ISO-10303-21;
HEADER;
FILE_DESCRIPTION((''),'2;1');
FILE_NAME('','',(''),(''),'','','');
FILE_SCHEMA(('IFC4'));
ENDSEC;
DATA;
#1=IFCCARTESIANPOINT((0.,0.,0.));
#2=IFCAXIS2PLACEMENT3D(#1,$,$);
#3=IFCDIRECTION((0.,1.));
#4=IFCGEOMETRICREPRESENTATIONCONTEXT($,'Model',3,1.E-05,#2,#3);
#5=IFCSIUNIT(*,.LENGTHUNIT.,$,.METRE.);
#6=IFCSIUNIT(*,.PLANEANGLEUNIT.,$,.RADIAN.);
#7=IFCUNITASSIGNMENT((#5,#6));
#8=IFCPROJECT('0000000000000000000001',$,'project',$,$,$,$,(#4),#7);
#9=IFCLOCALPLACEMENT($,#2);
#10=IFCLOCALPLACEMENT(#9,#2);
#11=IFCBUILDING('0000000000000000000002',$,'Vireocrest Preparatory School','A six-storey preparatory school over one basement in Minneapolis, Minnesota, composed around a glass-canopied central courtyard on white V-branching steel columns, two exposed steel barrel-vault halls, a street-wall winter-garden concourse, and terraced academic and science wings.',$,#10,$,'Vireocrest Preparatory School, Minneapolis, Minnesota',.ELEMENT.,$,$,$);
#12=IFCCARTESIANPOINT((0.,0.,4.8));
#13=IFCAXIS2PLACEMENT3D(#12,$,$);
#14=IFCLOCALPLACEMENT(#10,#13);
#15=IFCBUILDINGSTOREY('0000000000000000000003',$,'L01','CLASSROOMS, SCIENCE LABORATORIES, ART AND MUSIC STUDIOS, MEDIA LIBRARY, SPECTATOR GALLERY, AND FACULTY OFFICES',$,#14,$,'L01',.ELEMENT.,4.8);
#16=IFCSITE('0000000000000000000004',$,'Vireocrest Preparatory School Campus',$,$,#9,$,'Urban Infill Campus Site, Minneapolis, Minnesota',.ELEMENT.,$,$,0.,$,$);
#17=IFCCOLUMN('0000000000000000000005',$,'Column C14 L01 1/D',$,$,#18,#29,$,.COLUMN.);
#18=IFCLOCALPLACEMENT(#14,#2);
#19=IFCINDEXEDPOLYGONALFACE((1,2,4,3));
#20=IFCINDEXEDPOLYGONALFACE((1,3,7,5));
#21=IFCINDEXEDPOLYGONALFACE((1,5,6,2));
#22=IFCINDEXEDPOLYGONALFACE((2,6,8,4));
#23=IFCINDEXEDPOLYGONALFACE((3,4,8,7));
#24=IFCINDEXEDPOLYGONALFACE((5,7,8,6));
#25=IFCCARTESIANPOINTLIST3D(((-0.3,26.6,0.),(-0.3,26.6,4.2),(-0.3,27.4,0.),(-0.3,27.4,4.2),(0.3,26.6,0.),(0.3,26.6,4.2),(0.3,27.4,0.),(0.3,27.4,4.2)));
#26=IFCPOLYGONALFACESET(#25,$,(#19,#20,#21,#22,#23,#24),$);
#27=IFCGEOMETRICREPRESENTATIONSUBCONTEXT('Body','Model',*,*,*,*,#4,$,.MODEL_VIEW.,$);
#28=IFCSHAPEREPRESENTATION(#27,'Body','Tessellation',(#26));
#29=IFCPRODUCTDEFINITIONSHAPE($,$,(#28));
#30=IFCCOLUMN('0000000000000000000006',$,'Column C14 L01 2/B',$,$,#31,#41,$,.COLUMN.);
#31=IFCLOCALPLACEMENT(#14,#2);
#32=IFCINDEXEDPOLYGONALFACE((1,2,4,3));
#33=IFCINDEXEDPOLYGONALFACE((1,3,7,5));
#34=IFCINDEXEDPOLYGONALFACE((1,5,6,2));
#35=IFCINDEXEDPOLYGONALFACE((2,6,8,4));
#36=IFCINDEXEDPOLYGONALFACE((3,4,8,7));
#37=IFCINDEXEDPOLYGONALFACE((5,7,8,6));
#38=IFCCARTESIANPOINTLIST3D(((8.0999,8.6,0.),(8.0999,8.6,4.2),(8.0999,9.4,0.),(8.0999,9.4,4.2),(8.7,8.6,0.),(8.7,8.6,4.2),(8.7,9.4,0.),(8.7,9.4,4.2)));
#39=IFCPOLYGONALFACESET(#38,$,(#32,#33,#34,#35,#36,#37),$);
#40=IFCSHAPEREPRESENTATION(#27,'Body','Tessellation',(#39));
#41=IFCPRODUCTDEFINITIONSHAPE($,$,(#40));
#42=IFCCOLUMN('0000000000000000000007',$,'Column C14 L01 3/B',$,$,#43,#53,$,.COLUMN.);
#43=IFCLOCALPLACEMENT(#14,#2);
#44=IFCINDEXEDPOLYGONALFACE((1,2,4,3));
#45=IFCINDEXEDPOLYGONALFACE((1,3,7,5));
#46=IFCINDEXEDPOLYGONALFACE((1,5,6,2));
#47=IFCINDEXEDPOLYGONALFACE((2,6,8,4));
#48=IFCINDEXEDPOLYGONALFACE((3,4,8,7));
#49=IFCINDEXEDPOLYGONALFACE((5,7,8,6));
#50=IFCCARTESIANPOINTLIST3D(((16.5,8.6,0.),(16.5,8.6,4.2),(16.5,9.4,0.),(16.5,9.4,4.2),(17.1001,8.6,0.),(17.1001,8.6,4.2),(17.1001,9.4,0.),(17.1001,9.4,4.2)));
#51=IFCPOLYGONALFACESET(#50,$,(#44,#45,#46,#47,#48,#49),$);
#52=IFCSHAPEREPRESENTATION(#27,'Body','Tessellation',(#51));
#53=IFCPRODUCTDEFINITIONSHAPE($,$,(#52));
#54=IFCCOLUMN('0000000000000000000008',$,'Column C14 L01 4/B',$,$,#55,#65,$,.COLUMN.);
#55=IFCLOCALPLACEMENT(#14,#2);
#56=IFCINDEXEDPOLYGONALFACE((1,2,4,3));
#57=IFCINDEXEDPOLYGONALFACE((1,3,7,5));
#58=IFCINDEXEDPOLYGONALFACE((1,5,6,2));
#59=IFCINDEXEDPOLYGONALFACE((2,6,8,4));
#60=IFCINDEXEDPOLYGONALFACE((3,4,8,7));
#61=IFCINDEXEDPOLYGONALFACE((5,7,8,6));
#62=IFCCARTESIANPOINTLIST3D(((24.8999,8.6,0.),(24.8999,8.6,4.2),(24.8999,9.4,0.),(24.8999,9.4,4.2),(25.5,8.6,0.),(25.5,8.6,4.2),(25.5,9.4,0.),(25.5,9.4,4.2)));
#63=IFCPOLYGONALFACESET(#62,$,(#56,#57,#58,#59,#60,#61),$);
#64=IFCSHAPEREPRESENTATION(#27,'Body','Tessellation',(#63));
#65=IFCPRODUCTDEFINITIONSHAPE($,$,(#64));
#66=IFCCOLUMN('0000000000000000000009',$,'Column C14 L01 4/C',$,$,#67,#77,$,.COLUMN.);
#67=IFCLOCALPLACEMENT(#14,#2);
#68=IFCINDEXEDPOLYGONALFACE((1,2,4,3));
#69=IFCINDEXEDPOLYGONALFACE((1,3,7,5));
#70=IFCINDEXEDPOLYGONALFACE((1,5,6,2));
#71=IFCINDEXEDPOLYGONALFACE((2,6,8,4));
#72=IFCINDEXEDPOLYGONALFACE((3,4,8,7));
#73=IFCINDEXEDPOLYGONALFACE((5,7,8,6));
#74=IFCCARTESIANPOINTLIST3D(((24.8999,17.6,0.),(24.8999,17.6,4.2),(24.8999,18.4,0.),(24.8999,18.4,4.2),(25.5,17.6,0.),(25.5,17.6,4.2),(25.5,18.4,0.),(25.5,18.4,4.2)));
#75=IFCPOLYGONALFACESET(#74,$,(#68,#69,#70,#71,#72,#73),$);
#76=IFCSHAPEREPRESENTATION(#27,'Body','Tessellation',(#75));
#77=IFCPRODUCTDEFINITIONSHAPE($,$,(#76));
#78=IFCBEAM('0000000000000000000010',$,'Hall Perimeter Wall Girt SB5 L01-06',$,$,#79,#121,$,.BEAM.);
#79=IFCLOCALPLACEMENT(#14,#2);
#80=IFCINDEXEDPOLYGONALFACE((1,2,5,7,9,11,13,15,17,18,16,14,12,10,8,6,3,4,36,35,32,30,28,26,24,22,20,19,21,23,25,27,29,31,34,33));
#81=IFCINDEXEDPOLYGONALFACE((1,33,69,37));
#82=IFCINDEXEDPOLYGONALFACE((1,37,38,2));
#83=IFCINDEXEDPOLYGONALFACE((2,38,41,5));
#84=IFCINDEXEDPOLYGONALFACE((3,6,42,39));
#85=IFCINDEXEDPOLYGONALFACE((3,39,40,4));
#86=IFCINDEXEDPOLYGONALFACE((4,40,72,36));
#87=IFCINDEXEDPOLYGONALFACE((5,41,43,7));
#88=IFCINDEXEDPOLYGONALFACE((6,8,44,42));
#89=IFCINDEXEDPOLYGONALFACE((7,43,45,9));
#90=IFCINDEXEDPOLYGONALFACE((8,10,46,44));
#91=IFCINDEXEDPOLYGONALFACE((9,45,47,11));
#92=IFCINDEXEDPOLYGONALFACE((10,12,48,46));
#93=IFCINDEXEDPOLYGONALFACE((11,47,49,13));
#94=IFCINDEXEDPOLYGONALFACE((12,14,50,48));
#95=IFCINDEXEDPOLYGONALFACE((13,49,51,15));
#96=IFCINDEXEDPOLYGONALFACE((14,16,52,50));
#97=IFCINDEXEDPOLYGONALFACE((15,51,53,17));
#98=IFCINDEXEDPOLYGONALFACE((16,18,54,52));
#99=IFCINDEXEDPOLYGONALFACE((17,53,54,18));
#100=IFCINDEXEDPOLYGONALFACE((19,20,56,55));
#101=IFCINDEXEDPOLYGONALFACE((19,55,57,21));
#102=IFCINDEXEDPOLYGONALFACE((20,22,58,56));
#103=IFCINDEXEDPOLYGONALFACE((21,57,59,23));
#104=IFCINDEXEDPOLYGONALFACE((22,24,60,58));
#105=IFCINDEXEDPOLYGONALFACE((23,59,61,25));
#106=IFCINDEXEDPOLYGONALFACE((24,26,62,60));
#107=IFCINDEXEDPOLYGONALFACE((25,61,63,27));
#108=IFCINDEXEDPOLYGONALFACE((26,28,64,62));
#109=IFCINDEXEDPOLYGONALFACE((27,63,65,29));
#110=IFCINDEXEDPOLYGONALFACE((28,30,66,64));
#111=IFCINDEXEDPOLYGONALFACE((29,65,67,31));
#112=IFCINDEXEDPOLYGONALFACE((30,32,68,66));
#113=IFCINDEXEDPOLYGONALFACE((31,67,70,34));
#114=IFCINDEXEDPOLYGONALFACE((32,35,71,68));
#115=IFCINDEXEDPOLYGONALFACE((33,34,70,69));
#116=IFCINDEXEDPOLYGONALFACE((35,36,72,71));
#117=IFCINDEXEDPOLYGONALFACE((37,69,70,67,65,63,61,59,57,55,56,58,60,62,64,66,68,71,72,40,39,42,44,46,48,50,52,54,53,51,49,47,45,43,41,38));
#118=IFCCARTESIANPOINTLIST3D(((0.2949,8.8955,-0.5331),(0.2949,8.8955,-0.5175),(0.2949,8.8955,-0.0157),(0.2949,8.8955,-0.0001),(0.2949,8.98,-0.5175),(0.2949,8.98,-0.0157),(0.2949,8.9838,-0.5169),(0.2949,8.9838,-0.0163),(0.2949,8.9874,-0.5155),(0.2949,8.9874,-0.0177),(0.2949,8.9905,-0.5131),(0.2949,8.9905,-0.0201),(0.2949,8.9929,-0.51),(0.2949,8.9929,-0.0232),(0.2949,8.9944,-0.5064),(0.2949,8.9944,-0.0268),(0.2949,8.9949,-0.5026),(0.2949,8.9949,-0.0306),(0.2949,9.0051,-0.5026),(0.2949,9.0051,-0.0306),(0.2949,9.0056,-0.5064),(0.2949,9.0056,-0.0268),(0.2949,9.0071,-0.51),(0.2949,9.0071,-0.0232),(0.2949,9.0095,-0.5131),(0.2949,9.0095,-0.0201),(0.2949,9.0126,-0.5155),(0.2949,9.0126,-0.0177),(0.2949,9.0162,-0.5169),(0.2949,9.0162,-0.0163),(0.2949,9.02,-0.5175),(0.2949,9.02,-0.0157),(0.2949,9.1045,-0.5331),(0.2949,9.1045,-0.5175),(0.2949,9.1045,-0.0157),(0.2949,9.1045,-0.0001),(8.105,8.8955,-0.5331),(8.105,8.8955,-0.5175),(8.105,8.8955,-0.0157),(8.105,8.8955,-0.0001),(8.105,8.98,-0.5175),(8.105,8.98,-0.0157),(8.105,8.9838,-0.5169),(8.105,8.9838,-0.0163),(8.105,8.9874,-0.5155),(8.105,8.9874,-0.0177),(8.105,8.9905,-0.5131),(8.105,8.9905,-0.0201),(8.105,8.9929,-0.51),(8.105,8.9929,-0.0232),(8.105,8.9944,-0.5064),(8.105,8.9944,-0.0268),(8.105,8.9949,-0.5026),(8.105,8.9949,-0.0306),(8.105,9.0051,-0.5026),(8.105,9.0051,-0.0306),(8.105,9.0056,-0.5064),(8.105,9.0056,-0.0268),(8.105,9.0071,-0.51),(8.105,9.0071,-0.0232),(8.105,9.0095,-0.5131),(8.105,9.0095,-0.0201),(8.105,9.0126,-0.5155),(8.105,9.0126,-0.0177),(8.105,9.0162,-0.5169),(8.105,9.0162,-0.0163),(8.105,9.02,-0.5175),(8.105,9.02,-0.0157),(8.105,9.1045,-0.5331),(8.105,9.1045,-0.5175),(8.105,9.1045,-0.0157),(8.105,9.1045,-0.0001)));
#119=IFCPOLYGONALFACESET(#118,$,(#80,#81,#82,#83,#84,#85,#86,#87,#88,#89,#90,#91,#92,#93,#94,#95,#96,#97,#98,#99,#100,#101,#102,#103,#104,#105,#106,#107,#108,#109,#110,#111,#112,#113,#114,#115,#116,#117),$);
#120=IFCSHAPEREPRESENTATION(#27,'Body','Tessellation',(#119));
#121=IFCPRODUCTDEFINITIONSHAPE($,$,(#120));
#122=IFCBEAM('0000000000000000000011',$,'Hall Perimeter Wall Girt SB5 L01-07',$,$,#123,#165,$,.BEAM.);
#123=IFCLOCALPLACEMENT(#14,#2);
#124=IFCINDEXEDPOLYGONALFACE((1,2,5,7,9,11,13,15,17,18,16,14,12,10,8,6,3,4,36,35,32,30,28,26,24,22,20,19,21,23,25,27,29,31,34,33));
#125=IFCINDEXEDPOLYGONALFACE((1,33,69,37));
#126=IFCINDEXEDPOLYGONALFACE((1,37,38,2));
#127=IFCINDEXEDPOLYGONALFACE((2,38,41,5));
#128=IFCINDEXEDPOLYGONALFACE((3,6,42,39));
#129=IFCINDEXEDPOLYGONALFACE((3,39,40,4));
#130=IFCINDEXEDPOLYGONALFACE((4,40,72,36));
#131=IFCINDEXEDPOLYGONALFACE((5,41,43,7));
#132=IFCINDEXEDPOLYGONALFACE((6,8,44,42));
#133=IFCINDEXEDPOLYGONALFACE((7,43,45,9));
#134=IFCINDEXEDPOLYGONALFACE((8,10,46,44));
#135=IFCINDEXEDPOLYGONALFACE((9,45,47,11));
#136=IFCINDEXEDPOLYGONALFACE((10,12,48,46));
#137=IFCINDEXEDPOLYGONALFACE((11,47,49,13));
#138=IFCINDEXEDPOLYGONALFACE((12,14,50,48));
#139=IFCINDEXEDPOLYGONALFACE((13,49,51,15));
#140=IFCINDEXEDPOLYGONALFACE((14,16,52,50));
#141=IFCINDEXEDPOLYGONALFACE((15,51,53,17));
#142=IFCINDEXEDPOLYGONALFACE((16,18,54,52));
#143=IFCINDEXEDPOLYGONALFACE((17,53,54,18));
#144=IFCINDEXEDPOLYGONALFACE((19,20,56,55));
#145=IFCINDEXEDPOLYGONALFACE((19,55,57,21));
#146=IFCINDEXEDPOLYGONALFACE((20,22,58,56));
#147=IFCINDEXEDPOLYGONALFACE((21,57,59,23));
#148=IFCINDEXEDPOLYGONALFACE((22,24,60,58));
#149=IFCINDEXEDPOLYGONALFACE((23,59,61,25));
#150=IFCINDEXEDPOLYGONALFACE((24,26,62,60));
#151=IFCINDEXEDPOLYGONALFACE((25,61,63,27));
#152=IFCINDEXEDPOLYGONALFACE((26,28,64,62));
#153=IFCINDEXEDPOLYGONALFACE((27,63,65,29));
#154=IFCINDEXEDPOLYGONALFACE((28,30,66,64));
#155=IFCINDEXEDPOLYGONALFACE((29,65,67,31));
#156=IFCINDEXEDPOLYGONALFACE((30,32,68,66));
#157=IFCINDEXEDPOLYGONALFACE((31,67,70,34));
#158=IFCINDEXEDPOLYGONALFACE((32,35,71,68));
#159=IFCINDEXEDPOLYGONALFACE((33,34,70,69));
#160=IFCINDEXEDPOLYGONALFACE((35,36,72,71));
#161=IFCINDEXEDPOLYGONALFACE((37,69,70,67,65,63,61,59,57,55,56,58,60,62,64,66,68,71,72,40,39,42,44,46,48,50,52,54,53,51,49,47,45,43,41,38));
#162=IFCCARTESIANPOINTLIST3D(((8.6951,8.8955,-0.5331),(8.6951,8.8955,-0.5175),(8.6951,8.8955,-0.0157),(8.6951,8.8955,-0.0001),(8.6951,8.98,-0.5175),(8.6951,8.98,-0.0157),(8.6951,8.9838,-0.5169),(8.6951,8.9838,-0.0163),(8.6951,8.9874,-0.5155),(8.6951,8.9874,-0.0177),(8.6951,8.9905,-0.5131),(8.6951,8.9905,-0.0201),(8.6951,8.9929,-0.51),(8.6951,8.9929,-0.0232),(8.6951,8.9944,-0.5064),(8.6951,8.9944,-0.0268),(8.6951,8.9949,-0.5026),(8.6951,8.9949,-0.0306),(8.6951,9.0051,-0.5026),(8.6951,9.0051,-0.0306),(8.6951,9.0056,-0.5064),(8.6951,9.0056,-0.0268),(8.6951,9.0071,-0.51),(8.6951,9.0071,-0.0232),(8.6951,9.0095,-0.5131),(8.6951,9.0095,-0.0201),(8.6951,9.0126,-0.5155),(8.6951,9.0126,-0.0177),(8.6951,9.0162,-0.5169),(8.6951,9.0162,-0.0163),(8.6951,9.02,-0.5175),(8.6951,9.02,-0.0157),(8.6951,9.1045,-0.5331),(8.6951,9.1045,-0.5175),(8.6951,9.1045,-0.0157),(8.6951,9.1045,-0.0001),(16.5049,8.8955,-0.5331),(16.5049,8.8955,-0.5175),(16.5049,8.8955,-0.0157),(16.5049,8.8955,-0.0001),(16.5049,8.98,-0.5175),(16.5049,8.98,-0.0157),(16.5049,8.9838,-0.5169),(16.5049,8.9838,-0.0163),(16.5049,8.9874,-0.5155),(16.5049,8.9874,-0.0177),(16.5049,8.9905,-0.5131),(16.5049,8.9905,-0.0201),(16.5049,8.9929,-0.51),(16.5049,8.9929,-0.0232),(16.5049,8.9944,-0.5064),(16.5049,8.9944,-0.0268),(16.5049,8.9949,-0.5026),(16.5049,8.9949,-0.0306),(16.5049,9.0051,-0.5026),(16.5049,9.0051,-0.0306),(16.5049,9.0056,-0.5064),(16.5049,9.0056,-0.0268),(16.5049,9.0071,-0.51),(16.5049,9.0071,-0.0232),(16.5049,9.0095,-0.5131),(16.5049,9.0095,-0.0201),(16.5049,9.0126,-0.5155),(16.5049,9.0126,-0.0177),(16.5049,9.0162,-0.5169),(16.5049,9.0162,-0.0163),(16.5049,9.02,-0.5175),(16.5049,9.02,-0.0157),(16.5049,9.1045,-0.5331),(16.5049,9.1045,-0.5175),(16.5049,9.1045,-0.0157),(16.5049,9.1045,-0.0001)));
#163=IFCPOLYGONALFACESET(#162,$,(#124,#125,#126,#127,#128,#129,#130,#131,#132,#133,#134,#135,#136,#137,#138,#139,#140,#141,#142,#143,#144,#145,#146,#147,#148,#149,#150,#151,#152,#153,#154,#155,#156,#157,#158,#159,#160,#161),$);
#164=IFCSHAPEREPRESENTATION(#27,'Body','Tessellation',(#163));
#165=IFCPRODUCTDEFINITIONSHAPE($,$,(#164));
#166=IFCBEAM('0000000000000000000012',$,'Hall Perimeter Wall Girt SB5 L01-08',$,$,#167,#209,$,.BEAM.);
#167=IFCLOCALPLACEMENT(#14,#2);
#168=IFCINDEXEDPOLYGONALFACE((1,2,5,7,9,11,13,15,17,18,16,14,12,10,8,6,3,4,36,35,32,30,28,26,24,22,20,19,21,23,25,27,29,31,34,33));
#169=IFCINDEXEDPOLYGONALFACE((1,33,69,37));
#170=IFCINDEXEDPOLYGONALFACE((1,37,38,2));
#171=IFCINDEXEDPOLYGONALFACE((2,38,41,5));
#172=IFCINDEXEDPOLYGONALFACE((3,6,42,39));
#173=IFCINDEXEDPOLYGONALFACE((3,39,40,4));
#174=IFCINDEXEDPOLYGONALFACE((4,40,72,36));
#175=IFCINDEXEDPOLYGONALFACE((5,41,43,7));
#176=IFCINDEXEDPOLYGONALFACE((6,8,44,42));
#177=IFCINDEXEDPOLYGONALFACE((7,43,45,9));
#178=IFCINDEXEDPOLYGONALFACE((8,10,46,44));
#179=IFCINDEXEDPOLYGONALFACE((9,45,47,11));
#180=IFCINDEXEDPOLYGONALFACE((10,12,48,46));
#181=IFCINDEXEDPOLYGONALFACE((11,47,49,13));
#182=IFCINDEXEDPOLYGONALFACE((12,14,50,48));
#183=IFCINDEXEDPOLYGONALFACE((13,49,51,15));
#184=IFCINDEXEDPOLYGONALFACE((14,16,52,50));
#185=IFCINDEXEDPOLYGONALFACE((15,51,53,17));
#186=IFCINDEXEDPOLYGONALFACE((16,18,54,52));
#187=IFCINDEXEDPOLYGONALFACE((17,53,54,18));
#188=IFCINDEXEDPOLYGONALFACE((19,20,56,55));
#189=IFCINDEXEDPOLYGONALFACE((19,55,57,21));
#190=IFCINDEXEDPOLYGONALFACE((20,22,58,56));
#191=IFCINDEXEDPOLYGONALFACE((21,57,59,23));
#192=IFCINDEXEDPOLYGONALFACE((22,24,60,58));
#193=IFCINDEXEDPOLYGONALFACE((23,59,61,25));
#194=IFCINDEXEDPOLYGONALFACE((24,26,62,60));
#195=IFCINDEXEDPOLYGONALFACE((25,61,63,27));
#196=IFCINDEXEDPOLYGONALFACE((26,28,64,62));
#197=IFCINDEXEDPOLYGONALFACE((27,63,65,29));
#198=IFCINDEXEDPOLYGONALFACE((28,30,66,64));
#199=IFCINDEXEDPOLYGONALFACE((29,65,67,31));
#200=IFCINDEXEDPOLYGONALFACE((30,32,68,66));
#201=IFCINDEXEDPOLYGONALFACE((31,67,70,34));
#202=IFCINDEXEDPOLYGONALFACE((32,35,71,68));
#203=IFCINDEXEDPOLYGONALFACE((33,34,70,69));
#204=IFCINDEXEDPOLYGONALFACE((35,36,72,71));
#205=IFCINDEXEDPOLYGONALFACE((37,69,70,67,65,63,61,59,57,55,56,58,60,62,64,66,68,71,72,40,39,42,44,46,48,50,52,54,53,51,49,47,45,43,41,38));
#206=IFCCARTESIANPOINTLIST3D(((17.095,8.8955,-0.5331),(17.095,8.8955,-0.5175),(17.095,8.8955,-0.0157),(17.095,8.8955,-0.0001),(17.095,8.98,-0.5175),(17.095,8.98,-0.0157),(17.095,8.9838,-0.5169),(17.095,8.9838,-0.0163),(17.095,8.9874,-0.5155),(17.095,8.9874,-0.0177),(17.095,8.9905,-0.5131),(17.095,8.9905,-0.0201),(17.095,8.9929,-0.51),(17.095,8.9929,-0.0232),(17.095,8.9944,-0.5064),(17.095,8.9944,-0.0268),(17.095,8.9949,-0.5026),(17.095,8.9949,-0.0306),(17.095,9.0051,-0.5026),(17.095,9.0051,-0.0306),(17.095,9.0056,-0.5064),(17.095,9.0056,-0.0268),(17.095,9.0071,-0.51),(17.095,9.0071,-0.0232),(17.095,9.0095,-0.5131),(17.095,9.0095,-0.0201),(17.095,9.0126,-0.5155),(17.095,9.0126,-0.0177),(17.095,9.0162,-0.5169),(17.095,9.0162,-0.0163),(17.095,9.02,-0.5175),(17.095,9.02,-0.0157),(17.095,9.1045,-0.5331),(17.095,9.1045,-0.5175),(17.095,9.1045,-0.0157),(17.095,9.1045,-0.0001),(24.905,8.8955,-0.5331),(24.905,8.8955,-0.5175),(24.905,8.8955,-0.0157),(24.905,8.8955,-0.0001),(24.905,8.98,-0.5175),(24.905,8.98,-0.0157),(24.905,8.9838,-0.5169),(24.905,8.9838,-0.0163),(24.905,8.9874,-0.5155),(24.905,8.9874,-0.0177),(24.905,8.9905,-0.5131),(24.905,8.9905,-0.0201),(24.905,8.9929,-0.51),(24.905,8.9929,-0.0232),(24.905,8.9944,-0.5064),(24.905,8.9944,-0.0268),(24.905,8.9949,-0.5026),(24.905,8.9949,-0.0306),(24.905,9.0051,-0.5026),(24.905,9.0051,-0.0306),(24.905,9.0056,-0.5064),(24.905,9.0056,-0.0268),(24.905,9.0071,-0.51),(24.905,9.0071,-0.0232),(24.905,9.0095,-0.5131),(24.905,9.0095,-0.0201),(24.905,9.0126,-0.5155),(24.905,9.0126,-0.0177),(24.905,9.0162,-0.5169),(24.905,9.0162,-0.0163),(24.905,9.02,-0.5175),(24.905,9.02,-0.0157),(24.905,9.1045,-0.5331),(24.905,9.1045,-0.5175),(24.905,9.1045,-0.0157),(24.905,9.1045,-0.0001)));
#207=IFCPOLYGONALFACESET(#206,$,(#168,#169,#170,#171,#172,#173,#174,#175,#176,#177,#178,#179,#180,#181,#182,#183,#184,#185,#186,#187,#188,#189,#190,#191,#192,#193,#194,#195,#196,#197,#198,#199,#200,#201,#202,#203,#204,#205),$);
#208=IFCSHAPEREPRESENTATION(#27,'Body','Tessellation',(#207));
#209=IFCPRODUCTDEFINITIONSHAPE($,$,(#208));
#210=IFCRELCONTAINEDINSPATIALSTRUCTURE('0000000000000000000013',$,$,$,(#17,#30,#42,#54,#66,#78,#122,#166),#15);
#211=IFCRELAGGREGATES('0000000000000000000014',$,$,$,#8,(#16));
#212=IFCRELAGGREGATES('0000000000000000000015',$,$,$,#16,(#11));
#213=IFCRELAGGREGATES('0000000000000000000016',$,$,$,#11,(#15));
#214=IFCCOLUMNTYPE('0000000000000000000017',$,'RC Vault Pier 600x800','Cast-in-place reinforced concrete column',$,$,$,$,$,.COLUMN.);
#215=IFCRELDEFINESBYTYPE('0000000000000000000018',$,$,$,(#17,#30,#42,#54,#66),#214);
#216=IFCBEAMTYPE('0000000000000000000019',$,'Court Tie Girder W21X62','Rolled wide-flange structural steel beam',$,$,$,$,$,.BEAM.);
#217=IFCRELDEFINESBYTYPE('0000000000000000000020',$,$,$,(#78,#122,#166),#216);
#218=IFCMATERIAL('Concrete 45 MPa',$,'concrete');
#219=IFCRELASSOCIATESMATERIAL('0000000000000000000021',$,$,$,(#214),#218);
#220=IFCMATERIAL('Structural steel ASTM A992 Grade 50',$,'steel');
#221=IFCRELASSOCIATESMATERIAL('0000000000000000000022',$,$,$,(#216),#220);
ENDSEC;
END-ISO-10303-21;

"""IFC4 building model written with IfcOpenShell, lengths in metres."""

from ifc_helpers import new_model, si_unit, direction, frame, origin, origin_2d, place, context, subcontext, project, spatial, rectangle, i_section, extrude, material, material_profile, profile_set, type_object, element, save


model = new_model("IFC4")

# Units and contexts
model_context = context("Model", 3, precision=1e-05, world=origin(), true_north=direction((0.0, 1.0)))
body_context = subcontext(model_context, "Body", "Model", "MODEL_VIEW")
ifc_project = project(units=[si_unit("LENGTHUNIT", "METRE"), si_unit("PLANEANGLEUNIT", "RADIAN")], contexts=[model_context])

# Site, building, storey
site_placement = place(None, origin())
site = spatial("IfcSite", under=ifc_project, at=site_placement, Name="Vireocrest Preparatory School Campus", LongName="Urban Infill Campus Site, Minneapolis, Minnesota", CompositionType="ELEMENT", RefElevation=0.0)
building_placement = place(site_placement, origin())
building = spatial("IfcBuilding", under=site, at=building_placement, Name="Vireocrest Preparatory School", Description="A six-storey preparatory school over one basement in Minneapolis, Minnesota, composed around a glass-canopied central courtyard on white V-branching steel columns, two exposed steel barrel-vault halls, a street-wall winter-garden concourse, and terraced academic and science wings.", LongName="Vireocrest Preparatory School, Minneapolis, Minnesota", CompositionType="ELEMENT")
storey_placement = place(building_placement, frame((0.0, 0.0, 4.8)))
storey = spatial("IfcBuildingStorey", under=building, at=storey_placement, Name="L01", Description="CLASSROOMS, SCIENCE LABORATORIES, ART AND MUSIC STUDIOS, MEDIA LIBRARY, SPECTATOR GALLERY, AND FACULTY OFFICES", LongName="L01", CompositionType="ELEMENT", Elevation=4.8)

# Columns
ifc_material_1 = material(Name="Concrete 45 MPa", Category="concrete")
ifc_material_profile_1 = material_profile(ifc_material_1, rectangle(XDim=0.6001, YDim=0.8, at=origin_2d()), Name="RC 600x800")
ifc_profile_set_1 = profile_set([ifc_material_profile_1], Name="Concrete 45 MPa")
column_type = type_object("IfcColumnType", Name="RC Vault Pier 600x800", Description="Cast-in-place reinforced concrete column", PredefinedType="COLUMN", material=ifc_profile_set_1)
for number, where, z_axis, x_axis, name in (
    (1, (0.0, 27.0, 0.0), (0.0, 0.0, 1.0), (1.0, 0.0, 0.0), "Column C14 L01 1/D"),
    (2, (8.3999, 9.0, 0.0), (0.0, 0.0, 1.0), (1.0, 0.0, 0.0), "Column C14 L01 2/B"),
    (3, (16.8, 9.0, 0.0), (0.0, 0.0, 1.0), (1.0, 0.0, 0.0), "Column C14 L01 3/B"),
    (4, (25.2, 9.0, 0.0), (0.0, 0.0, 1.0), (1.0, 0.0, 0.0), "Column C14 L01 4/B"),
    (5, (25.2, 18.0, 0.0), (0.0, 0.0, 1.0), (1.0, 0.0, 0.0), "Column C14 L01 4/C"),
):
    element("IfcColumn", number, at=place(storey_placement, frame(where, z_axis=z_axis, x_axis=x_axis)), inside=storey, type_object=column_type, Name=name, PredefinedType="COLUMN", context=body_context, shape_type="SweptSolid", body=[
        extrude(rectangle(XDim=0.6001, YDim=0.8, at=origin_2d()), origin(), (0.0, 0.0, 1.0), 4.2),
    ])

# Beams
ifc_material_2 = material(Name="Structural steel ASTM A992 Grade 50", Category="steel")
ifc_material_profile_2 = material_profile(ifc_material_2, i_section(OverallWidth=0.209, OverallDepth=0.533, WebThickness=0.0103, FlangeThickness=0.0156, FilletRadius=0.0149, at=origin_2d()), Name="W21X62")
ifc_profile_set_2 = profile_set([ifc_material_profile_2], Name="Structural steel ASTM A992 Grade 50")
beam_type_1 = type_object("IfcBeamType", Name="Court Tie Girder W21X62", Description="Rolled wide-flange structural steel beam", PredefinedType="BEAM", material=ifc_profile_set_2)
beam_1_placement = place(storey_placement, frame((0.2949, 9.0, -0.2666), z_axis=(1.0, 0.0, 0.0), x_axis=(0.0, 1.0, 0.0)))
element("IfcBeam", 6, at=beam_1_placement, inside=storey, type_object=beam_type_1, Name="Hall Perimeter Wall Girt SB5 L01-06", PredefinedType="BEAM", context=body_context, shape_type="SweptSolid", body=[
    extrude(i_section(OverallWidth=0.209, OverallDepth=0.533, WebThickness=0.0103, FlangeThickness=0.0156, FilletRadius=0.0149, at=origin_2d()), origin(), (0.0, 0.0, 1.0), 7.8101),
])
beam_2_placement = place(storey_placement, frame((8.6951, 9.0, -0.2666), z_axis=(1.0, 0.0, 0.0), x_axis=(0.0, 1.0, 0.0)))
element("IfcBeam", 7, at=beam_2_placement, inside=storey, type_object=beam_type_1, Name="Hall Perimeter Wall Girt SB5 L01-07", PredefinedType="BEAM", context=body_context, shape_type="SweptSolid", body=[
    extrude(i_section(OverallWidth=0.209, OverallDepth=0.533, WebThickness=0.0103, FlangeThickness=0.0156, FilletRadius=0.0149, at=origin_2d()), origin(), (0.0, 0.0, 1.0), 7.8098),
])
beam_3_placement = place(storey_placement, frame((17.095, 9.0, -0.2666), z_axis=(1.0, 0.0, 0.0), x_axis=(0.0, 1.0, 0.0)))
element("IfcBeam", 8, at=beam_3_placement, inside=storey, type_object=beam_type_1, Name="Hall Perimeter Wall Girt SB5 L01-08", PredefinedType="BEAM", context=body_context, shape_type="SweptSolid", body=[
    extrude(i_section(OverallWidth=0.209, OverallDepth=0.533, WebThickness=0.0103, FlangeThickness=0.0156, FilletRadius=0.0149, at=origin_2d()), origin(), (0.0, 0.0, 1.0), 7.8101),
])

save(model, "model.ifc")
